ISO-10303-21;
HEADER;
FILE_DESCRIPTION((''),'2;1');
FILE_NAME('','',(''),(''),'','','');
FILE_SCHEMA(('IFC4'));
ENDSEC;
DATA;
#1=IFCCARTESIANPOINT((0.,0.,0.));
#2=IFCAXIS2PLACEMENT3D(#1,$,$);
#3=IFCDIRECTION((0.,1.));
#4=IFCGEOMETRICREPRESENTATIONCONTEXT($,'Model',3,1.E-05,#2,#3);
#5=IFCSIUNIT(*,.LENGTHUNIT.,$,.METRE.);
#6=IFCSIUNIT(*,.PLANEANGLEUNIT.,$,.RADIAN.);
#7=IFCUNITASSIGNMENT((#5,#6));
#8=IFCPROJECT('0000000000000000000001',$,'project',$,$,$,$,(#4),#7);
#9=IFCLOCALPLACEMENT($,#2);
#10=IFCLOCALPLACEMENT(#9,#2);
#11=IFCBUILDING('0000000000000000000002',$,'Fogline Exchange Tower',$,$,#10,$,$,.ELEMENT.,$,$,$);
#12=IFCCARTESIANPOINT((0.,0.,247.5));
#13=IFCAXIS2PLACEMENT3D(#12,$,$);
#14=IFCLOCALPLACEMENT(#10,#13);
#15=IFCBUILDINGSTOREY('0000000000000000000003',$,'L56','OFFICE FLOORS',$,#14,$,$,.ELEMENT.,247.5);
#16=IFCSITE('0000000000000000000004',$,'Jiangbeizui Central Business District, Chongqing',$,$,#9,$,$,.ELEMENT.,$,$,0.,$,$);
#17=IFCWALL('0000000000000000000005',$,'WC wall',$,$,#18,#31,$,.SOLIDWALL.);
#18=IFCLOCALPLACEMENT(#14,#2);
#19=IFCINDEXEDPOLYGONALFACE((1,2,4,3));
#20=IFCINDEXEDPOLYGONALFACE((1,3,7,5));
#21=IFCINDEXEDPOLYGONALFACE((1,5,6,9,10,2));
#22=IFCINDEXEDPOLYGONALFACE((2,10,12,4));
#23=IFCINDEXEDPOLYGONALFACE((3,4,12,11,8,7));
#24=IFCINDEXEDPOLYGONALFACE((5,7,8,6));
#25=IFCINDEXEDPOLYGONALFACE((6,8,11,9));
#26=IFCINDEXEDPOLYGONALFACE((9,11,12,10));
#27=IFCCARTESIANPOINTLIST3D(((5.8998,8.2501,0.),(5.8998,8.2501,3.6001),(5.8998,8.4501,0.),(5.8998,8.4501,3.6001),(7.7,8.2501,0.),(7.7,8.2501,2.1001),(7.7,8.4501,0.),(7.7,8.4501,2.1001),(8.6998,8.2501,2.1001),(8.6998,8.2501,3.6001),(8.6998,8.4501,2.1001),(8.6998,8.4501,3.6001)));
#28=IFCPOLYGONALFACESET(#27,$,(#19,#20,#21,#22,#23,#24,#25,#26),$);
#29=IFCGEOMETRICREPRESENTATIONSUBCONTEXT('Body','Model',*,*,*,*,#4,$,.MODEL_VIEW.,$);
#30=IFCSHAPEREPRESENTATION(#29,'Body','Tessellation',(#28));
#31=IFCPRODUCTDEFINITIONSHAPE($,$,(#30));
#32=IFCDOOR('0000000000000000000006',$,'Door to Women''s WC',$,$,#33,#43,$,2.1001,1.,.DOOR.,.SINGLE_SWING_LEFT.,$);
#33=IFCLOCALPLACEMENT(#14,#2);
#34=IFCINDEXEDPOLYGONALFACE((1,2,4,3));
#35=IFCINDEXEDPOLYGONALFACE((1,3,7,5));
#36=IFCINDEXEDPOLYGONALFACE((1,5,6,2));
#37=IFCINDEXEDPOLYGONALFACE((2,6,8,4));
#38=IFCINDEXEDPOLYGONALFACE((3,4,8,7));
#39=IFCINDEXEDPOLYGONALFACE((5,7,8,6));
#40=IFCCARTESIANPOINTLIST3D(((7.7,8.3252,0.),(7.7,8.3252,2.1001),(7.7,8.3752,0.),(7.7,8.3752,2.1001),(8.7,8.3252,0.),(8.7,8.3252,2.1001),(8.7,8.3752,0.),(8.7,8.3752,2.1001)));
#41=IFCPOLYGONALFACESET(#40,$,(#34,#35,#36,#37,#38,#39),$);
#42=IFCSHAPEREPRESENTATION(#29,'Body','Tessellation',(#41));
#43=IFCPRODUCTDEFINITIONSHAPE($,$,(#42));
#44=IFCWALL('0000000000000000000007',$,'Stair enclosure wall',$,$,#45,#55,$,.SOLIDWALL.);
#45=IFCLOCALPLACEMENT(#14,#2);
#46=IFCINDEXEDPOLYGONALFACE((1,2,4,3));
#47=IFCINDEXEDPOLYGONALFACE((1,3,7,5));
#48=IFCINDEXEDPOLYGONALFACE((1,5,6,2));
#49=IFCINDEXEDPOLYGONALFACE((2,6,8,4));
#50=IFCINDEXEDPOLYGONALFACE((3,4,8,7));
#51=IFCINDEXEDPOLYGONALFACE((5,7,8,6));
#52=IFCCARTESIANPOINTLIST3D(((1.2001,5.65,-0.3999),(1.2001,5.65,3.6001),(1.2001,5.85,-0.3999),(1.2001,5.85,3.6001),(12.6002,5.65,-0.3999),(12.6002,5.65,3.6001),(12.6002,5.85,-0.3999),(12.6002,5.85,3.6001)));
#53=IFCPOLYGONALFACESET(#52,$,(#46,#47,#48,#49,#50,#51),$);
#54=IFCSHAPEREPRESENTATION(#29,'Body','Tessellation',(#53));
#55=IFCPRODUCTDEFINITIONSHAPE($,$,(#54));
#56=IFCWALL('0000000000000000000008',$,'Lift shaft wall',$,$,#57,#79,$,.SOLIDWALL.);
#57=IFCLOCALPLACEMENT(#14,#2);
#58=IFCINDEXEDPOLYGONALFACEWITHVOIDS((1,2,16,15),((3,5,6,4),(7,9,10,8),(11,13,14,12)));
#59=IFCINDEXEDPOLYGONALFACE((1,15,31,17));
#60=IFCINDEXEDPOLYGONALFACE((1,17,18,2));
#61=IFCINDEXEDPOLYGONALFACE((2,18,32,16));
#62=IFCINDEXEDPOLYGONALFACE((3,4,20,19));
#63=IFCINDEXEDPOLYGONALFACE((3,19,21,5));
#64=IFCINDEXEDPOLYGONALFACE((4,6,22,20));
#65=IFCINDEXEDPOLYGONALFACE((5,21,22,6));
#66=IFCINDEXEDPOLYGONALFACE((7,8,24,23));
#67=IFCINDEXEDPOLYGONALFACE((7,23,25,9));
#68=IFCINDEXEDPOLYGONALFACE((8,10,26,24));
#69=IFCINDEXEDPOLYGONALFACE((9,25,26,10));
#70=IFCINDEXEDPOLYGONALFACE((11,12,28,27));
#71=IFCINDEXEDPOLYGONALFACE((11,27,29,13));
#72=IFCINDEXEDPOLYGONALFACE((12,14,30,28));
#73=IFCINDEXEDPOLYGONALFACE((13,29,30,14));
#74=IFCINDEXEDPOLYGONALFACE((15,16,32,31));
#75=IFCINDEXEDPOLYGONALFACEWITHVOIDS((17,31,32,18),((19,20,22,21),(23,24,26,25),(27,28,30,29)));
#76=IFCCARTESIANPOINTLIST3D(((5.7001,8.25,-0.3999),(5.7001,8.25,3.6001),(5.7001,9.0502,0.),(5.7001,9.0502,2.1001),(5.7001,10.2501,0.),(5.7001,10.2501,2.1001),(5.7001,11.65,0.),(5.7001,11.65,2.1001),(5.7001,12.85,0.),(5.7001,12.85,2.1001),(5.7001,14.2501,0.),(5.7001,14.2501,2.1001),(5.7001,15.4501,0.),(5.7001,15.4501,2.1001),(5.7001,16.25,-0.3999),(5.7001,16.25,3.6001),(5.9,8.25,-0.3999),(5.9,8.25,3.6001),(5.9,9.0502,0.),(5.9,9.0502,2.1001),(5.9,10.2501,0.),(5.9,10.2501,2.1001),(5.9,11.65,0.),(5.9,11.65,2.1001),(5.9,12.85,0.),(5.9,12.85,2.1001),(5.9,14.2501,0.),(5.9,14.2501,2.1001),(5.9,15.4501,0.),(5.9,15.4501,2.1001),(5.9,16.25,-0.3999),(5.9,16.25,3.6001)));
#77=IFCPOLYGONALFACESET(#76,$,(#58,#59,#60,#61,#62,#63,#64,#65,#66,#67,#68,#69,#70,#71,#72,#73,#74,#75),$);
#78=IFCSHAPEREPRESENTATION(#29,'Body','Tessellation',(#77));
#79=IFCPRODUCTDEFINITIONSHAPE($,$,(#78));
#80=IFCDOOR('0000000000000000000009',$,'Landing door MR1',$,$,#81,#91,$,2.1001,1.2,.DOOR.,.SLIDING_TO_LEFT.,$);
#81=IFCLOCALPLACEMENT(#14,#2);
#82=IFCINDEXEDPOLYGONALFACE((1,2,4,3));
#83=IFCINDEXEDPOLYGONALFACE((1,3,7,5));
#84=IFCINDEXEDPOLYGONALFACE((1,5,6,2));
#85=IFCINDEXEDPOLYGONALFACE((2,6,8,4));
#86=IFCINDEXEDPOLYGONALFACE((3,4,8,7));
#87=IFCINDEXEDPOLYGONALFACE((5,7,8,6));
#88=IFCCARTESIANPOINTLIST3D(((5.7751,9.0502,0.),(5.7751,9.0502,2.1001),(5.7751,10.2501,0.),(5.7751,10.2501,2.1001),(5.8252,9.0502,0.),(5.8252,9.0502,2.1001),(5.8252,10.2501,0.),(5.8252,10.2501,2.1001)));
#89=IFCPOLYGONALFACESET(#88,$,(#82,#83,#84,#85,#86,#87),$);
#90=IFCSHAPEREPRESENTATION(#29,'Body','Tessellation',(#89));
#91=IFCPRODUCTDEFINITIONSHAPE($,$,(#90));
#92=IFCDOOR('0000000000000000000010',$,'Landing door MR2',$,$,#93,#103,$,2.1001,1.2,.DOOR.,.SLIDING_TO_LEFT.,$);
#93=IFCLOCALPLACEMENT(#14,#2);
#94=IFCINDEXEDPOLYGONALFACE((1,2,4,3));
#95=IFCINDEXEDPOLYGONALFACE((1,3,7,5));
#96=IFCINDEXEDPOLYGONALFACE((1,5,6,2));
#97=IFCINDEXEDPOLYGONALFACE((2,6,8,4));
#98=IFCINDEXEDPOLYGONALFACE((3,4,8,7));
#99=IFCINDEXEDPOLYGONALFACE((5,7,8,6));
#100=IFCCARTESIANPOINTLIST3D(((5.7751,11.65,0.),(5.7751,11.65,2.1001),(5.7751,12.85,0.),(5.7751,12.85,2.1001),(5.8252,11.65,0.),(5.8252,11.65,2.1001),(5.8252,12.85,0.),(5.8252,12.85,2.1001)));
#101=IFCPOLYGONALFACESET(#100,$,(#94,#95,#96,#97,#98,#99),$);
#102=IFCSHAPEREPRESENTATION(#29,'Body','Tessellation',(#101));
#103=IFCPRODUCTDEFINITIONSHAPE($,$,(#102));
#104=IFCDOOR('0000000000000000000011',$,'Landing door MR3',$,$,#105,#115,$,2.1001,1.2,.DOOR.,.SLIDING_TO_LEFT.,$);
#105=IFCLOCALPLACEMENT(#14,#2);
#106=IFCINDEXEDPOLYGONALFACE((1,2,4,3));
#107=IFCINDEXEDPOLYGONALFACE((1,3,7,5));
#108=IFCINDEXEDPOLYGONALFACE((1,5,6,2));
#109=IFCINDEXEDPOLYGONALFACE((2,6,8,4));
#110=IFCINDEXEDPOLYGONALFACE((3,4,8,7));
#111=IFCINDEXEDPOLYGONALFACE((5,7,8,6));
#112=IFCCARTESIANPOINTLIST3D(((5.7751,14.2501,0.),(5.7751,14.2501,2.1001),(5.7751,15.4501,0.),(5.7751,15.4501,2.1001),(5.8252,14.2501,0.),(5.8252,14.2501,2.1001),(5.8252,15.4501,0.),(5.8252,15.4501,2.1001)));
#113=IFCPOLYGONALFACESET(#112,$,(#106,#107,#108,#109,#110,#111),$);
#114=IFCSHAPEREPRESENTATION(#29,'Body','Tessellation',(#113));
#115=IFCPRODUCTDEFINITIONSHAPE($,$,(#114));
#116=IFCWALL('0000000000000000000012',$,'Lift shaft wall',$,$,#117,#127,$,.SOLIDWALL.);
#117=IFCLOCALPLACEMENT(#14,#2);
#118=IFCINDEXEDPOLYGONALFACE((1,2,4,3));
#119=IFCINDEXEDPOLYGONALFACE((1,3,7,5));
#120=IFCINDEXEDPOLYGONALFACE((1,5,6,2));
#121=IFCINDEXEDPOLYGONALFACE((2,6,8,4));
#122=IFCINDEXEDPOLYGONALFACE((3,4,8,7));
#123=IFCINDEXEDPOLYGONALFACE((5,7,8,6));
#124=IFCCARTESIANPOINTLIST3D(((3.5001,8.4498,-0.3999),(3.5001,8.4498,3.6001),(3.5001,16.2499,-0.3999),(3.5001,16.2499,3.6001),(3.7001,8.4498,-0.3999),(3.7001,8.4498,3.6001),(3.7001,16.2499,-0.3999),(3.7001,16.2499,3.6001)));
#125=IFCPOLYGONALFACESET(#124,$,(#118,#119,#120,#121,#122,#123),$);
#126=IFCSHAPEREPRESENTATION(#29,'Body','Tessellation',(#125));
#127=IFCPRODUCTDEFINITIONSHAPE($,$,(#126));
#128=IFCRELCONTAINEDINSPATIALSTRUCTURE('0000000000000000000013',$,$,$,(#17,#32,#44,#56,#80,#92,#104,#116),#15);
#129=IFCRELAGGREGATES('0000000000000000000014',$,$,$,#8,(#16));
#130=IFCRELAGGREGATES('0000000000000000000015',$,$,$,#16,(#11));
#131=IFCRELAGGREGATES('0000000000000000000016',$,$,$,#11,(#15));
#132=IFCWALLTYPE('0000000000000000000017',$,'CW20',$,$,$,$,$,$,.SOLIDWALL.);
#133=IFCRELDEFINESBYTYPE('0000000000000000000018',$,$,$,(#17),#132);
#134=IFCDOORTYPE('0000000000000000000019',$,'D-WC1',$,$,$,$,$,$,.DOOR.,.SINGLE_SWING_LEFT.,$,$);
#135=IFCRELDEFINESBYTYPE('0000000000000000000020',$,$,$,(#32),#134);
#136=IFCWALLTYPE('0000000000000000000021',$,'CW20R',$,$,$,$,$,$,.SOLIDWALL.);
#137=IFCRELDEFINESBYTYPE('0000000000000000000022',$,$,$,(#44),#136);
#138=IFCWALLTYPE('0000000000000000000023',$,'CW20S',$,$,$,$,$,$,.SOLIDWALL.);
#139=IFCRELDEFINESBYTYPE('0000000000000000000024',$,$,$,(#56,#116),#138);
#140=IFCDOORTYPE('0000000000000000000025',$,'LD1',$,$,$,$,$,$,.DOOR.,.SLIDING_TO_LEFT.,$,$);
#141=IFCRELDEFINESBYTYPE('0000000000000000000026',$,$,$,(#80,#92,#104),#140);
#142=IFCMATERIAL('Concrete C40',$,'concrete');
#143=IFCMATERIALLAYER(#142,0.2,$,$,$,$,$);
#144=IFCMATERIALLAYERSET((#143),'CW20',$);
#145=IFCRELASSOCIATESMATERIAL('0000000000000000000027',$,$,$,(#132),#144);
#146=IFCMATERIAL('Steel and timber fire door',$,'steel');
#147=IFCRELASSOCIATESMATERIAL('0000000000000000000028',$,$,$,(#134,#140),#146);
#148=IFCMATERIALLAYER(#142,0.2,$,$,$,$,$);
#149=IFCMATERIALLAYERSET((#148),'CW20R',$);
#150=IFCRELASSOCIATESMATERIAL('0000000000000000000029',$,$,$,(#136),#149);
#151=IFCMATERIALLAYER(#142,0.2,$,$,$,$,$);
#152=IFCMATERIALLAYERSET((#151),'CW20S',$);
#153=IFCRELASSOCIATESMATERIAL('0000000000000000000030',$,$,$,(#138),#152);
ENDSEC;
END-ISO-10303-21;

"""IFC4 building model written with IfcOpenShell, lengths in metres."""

from ifc_helpers import new_model, si_unit, direction, frame, frame_2d, origin, place, context, subcontext, project, spatial, rectangle, extrude, material, layer, layer_set, type_object, element, fill, save


model = new_model("IFC4")

# Units and contexts
model_context = context("Model", 3, precision=1e-05, world=origin(), true_north=direction((0.0, 1.0)))
body_context = subcontext(model_context, "Body", "Model", "MODEL_VIEW")
ifc_project = project(units=[si_unit("LENGTHUNIT", "METRE"), si_unit("PLANEANGLEUNIT", "RADIAN")], contexts=[model_context])

# Site, building, storey
site_placement = place(None, origin())
site = spatial("IfcSite", under=ifc_project, at=site_placement, Name="Jiangbeizui Central Business District, Chongqing", CompositionType="ELEMENT", RefElevation=0.0)
building_placement = place(site_placement, origin())
building = spatial("IfcBuilding", under=site, at=building_placement, Name="Fogline Exchange Tower", CompositionType="ELEMENT")
storey_placement = place(building_placement, frame((0.0, 0.0, 247.5)))
storey = spatial("IfcBuildingStorey", under=building, at=storey_placement, Name="L56", Description="OFFICE FLOORS", CompositionType="ELEMENT", Elevation=247.5)

# Shared definitions
ifc_material_1 = material(Name="Concrete C40", Category="concrete")

# Wall, opening, door
ifc_layer_1 = layer(ifc_material_1, 0.2)
ifc_layer_set_1 = layer_set([ifc_layer_1], Name="CW20")
wall_type_1 = type_object("IfcWallType", Name="CW20", PredefinedType="SOLIDWALL", material=ifc_layer_set_1)
wall_1_placement = place(storey_placement, frame((5.8999, 8.3501, 0.0), z_axis=(0.0, 0.0, 1.0), x_axis=(1.0, 0.0, 0.0)))
wall_1 = element("IfcWall", 1, at=wall_1_placement, inside=storey, type_object=wall_type_1, Name="WC wall", PredefinedType="SOLIDWALL", context=body_context, shape_type="SweptSolid", body=[
    extrude(rectangle(XDim=2.8, YDim=0.2, at=frame_2d((1.3999, 0.0))), origin(), (0.0, 0.0, 1.0), 3.6001),
])
opening_1_placement = place(wall_1_placement, frame((1.8, 0.0, 0.0)))
opening_1 = element("IfcOpeningElement", 2, at=opening_1_placement, cuts=wall_1, PredefinedType="OPENING", context=body_context, shape_type="SweptSolid", body=[
    extrude(rectangle(XDim=1.0, YDim=2.1001, at=frame_2d((0.5, 1.05))), frame((0.0, 0.1099, 0.0), z_axis=(0.0, -1.0, 0.0), x_axis=(1.0, 0.0, 0.0)), (0.0, 0.0, 1.0), 0.22),
])
ifc_material_2 = material(Name="Steel and timber fire door", Category="steel")
door_type_1 = type_object("IfcDoorType", Name="D-WC1", OperationType="SINGLE_SWING_LEFT", PredefinedType="DOOR", material=ifc_material_2)
door_1_placement = place(opening_1_placement, frame((1.0, 0.0, 0.0), z_axis=(0.0, 0.0, 1.0), x_axis=(-1.0, 0.0, 0.0)))
door_1 = element("IfcDoor", 3, at=door_1_placement, inside=storey, type_object=door_type_1, Name="Door to Women's WC", OperationType="SINGLE_SWING_LEFT", OverallHeight=2.1001, OverallWidth=1.0, PredefinedType="DOOR", context=body_context, shape_type="SweptSolid", body=[
    extrude(rectangle(XDim=1.0, YDim=2.1001, at=frame_2d((0.5, 1.05))), frame((0.0, 0.0249, 0.0), z_axis=(0.0, -1.0, 0.0), x_axis=(1.0, 0.0, 0.0)), (0.0, 0.0, 1.0), 0.05),
])
fill(opening_1, door_1)

# Wall
ifc_layer_2 = layer(ifc_material_1, 0.2)
ifc_layer_set_2 = layer_set([ifc_layer_2], Name="CW20R")
wall_type_2 = type_object("IfcWallType", Name="CW20R", PredefinedType="SOLIDWALL", material=ifc_layer_set_2)
wall_2_placement = place(storey_placement, frame((1.2, 5.75, -0.3999), z_axis=(0.0, 0.0, 1.0), x_axis=(1.0, 0.0, 0.0)))
element("IfcWall", 4, at=wall_2_placement, inside=storey, type_object=wall_type_2, Name="Stair enclosure wall", PredefinedType="SOLIDWALL", context=body_context, shape_type="SweptSolid", body=[
    extrude(rectangle(XDim=11.4001, YDim=0.2, at=frame_2d((5.7002, 0.0))), origin(), (0.0, 0.0, 1.0), 4.0),
])

# Wall, openings, doors
ifc_layer_3 = layer(ifc_material_1, 0.2)
ifc_layer_set_3 = layer_set([ifc_layer_3], Name="CW20S")
wall_type_3 = type_object("IfcWallType", Name="CW20S", PredefinedType="SOLIDWALL", material=ifc_layer_set_3)
wall_3_placement = place(storey_placement, frame((5.8, 8.25, -0.3999), z_axis=(0.0, 0.0, 1.0), x_axis=(0.0, 1.0, 0.0)))
wall_3 = element("IfcWall", 5, at=wall_3_placement, inside=storey, type_object=wall_type_3, Name="Lift shaft wall", PredefinedType="SOLIDWALL", context=body_context, shape_type="SweptSolid", body=[
    extrude(rectangle(XDim=8.0, YDim=0.2, at=frame_2d((4.0, 0.0))), origin(), (0.0, 0.0, 1.0), 4.0),
])
opening_2_placement = place(wall_3_placement, frame((0.8, 0.0, 0.3999)))
opening_2 = element("IfcOpeningElement", 6, at=opening_2_placement, cuts=wall_3, PredefinedType="OPENING", context=body_context, shape_type="SweptSolid", body=[
    extrude(rectangle(XDim=1.2, YDim=2.1001, at=frame_2d((0.6001, 1.05))), frame((0.0, 0.1099, 0.0), z_axis=(0.0, -1.0, 0.0), x_axis=(1.0, 0.0, 0.0)), (0.0, 0.0, 1.0), 0.22),
])
opening_3_placement = place(wall_3_placement, frame((3.3999, 0.0, 0.3999)))
opening_3 = element("IfcOpeningElement", 7, at=opening_3_placement, cuts=wall_3, PredefinedType="OPENING", context=body_context, shape_type="SweptSolid", body=[
    extrude(rectangle(XDim=1.2, YDim=2.1001, at=frame_2d((0.6001, 1.05))), frame((0.0, 0.1099, 0.0), z_axis=(0.0, -1.0, 0.0), x_axis=(1.0, 0.0, 0.0)), (0.0, 0.0, 1.0), 0.22),
])
opening_4_placement = place(wall_3_placement, frame((6.0, 0.0, 0.3999)))
opening_4 = element("IfcOpeningElement", 8, at=opening_4_placement, cuts=wall_3, PredefinedType="OPENING", context=body_context, shape_type="SweptSolid", body=[
    extrude(rectangle(XDim=1.2, YDim=2.1001, at=frame_2d((0.6001, 1.05))), frame((0.0, 0.1099, 0.0), z_axis=(0.0, -1.0, 0.0), x_axis=(1.0, 0.0, 0.0)), (0.0, 0.0, 1.0), 0.22),
])
door_type_2 = type_object("IfcDoorType", Name="LD1", OperationType="SLIDING_TO_LEFT", PredefinedType="DOOR", material=ifc_material_2)
door_2_placement = place(opening_2_placement, origin())
door_2 = element("IfcDoor", 9, at=door_2_placement, inside=storey, type_object=door_type_2, Name="Landing door MR1", OperationType="SLIDING_TO_LEFT", OverallHeight=2.1001, OverallWidth=1.2, PredefinedType="DOOR", context=body_context, shape_type="SweptSolid", body=[
    extrude(rectangle(XDim=1.2, YDim=2.1001, at=frame_2d((0.6001, 1.05))), frame((0.0, 0.0249, 0.0), z_axis=(0.0, -1.0, 0.0), x_axis=(1.0, 0.0, 0.0)), (0.0, 0.0, 1.0), 0.05),
])
fill(opening_2, door_2)
door_3_placement = place(opening_3_placement, origin())
door_3 = element("IfcDoor", 10, at=door_3_placement, inside=storey, type_object=door_type_2, Name="Landing door MR2", OperationType="SLIDING_TO_LEFT", OverallHeight=2.1001, OverallWidth=1.2, PredefinedType="DOOR", context=body_context, shape_type="SweptSolid", body=[
    extrude(rectangle(XDim=1.2, YDim=2.1001, at=frame_2d((0.6001, 1.05))), frame((0.0, 0.0249, 0.0), z_axis=(0.0, -1.0, 0.0), x_axis=(1.0, 0.0, 0.0)), (0.0, 0.0, 1.0), 0.05),
])
fill(opening_3, door_3)
door_4_placement = place(opening_4_placement, origin())
door_4 = element("IfcDoor", 11, at=door_4_placement, inside=storey, type_object=door_type_2, Name="Landing door MR3", OperationType="SLIDING_TO_LEFT", OverallHeight=2.1001, OverallWidth=1.2, PredefinedType="DOOR", context=body_context, shape_type="SweptSolid", body=[
    extrude(rectangle(XDim=1.2, YDim=2.1001, at=frame_2d((0.6001, 1.05))), frame((0.0, 0.0249, 0.0), z_axis=(0.0, -1.0, 0.0), x_axis=(1.0, 0.0, 0.0)), (0.0, 0.0, 1.0), 0.05),
])
fill(opening_4, door_4)

# Wall
wall_4_placement = place(storey_placement, frame((3.6001, 8.45, -0.3999), z_axis=(0.0, 0.0, 1.0), x_axis=(0.0, 1.0, 0.0)))
element("IfcWall", 12, at=wall_4_placement, inside=storey, type_object=wall_type_3, Name="Lift shaft wall", PredefinedType="SOLIDWALL", context=body_context, shape_type="SweptSolid", body=[
    extrude(rectangle(XDim=7.8, YDim=0.2, at=frame_2d((3.8999, 0.0))), origin(), (0.0, 0.0, 1.0), 4.0),
])

save(model, "model.ifc")
